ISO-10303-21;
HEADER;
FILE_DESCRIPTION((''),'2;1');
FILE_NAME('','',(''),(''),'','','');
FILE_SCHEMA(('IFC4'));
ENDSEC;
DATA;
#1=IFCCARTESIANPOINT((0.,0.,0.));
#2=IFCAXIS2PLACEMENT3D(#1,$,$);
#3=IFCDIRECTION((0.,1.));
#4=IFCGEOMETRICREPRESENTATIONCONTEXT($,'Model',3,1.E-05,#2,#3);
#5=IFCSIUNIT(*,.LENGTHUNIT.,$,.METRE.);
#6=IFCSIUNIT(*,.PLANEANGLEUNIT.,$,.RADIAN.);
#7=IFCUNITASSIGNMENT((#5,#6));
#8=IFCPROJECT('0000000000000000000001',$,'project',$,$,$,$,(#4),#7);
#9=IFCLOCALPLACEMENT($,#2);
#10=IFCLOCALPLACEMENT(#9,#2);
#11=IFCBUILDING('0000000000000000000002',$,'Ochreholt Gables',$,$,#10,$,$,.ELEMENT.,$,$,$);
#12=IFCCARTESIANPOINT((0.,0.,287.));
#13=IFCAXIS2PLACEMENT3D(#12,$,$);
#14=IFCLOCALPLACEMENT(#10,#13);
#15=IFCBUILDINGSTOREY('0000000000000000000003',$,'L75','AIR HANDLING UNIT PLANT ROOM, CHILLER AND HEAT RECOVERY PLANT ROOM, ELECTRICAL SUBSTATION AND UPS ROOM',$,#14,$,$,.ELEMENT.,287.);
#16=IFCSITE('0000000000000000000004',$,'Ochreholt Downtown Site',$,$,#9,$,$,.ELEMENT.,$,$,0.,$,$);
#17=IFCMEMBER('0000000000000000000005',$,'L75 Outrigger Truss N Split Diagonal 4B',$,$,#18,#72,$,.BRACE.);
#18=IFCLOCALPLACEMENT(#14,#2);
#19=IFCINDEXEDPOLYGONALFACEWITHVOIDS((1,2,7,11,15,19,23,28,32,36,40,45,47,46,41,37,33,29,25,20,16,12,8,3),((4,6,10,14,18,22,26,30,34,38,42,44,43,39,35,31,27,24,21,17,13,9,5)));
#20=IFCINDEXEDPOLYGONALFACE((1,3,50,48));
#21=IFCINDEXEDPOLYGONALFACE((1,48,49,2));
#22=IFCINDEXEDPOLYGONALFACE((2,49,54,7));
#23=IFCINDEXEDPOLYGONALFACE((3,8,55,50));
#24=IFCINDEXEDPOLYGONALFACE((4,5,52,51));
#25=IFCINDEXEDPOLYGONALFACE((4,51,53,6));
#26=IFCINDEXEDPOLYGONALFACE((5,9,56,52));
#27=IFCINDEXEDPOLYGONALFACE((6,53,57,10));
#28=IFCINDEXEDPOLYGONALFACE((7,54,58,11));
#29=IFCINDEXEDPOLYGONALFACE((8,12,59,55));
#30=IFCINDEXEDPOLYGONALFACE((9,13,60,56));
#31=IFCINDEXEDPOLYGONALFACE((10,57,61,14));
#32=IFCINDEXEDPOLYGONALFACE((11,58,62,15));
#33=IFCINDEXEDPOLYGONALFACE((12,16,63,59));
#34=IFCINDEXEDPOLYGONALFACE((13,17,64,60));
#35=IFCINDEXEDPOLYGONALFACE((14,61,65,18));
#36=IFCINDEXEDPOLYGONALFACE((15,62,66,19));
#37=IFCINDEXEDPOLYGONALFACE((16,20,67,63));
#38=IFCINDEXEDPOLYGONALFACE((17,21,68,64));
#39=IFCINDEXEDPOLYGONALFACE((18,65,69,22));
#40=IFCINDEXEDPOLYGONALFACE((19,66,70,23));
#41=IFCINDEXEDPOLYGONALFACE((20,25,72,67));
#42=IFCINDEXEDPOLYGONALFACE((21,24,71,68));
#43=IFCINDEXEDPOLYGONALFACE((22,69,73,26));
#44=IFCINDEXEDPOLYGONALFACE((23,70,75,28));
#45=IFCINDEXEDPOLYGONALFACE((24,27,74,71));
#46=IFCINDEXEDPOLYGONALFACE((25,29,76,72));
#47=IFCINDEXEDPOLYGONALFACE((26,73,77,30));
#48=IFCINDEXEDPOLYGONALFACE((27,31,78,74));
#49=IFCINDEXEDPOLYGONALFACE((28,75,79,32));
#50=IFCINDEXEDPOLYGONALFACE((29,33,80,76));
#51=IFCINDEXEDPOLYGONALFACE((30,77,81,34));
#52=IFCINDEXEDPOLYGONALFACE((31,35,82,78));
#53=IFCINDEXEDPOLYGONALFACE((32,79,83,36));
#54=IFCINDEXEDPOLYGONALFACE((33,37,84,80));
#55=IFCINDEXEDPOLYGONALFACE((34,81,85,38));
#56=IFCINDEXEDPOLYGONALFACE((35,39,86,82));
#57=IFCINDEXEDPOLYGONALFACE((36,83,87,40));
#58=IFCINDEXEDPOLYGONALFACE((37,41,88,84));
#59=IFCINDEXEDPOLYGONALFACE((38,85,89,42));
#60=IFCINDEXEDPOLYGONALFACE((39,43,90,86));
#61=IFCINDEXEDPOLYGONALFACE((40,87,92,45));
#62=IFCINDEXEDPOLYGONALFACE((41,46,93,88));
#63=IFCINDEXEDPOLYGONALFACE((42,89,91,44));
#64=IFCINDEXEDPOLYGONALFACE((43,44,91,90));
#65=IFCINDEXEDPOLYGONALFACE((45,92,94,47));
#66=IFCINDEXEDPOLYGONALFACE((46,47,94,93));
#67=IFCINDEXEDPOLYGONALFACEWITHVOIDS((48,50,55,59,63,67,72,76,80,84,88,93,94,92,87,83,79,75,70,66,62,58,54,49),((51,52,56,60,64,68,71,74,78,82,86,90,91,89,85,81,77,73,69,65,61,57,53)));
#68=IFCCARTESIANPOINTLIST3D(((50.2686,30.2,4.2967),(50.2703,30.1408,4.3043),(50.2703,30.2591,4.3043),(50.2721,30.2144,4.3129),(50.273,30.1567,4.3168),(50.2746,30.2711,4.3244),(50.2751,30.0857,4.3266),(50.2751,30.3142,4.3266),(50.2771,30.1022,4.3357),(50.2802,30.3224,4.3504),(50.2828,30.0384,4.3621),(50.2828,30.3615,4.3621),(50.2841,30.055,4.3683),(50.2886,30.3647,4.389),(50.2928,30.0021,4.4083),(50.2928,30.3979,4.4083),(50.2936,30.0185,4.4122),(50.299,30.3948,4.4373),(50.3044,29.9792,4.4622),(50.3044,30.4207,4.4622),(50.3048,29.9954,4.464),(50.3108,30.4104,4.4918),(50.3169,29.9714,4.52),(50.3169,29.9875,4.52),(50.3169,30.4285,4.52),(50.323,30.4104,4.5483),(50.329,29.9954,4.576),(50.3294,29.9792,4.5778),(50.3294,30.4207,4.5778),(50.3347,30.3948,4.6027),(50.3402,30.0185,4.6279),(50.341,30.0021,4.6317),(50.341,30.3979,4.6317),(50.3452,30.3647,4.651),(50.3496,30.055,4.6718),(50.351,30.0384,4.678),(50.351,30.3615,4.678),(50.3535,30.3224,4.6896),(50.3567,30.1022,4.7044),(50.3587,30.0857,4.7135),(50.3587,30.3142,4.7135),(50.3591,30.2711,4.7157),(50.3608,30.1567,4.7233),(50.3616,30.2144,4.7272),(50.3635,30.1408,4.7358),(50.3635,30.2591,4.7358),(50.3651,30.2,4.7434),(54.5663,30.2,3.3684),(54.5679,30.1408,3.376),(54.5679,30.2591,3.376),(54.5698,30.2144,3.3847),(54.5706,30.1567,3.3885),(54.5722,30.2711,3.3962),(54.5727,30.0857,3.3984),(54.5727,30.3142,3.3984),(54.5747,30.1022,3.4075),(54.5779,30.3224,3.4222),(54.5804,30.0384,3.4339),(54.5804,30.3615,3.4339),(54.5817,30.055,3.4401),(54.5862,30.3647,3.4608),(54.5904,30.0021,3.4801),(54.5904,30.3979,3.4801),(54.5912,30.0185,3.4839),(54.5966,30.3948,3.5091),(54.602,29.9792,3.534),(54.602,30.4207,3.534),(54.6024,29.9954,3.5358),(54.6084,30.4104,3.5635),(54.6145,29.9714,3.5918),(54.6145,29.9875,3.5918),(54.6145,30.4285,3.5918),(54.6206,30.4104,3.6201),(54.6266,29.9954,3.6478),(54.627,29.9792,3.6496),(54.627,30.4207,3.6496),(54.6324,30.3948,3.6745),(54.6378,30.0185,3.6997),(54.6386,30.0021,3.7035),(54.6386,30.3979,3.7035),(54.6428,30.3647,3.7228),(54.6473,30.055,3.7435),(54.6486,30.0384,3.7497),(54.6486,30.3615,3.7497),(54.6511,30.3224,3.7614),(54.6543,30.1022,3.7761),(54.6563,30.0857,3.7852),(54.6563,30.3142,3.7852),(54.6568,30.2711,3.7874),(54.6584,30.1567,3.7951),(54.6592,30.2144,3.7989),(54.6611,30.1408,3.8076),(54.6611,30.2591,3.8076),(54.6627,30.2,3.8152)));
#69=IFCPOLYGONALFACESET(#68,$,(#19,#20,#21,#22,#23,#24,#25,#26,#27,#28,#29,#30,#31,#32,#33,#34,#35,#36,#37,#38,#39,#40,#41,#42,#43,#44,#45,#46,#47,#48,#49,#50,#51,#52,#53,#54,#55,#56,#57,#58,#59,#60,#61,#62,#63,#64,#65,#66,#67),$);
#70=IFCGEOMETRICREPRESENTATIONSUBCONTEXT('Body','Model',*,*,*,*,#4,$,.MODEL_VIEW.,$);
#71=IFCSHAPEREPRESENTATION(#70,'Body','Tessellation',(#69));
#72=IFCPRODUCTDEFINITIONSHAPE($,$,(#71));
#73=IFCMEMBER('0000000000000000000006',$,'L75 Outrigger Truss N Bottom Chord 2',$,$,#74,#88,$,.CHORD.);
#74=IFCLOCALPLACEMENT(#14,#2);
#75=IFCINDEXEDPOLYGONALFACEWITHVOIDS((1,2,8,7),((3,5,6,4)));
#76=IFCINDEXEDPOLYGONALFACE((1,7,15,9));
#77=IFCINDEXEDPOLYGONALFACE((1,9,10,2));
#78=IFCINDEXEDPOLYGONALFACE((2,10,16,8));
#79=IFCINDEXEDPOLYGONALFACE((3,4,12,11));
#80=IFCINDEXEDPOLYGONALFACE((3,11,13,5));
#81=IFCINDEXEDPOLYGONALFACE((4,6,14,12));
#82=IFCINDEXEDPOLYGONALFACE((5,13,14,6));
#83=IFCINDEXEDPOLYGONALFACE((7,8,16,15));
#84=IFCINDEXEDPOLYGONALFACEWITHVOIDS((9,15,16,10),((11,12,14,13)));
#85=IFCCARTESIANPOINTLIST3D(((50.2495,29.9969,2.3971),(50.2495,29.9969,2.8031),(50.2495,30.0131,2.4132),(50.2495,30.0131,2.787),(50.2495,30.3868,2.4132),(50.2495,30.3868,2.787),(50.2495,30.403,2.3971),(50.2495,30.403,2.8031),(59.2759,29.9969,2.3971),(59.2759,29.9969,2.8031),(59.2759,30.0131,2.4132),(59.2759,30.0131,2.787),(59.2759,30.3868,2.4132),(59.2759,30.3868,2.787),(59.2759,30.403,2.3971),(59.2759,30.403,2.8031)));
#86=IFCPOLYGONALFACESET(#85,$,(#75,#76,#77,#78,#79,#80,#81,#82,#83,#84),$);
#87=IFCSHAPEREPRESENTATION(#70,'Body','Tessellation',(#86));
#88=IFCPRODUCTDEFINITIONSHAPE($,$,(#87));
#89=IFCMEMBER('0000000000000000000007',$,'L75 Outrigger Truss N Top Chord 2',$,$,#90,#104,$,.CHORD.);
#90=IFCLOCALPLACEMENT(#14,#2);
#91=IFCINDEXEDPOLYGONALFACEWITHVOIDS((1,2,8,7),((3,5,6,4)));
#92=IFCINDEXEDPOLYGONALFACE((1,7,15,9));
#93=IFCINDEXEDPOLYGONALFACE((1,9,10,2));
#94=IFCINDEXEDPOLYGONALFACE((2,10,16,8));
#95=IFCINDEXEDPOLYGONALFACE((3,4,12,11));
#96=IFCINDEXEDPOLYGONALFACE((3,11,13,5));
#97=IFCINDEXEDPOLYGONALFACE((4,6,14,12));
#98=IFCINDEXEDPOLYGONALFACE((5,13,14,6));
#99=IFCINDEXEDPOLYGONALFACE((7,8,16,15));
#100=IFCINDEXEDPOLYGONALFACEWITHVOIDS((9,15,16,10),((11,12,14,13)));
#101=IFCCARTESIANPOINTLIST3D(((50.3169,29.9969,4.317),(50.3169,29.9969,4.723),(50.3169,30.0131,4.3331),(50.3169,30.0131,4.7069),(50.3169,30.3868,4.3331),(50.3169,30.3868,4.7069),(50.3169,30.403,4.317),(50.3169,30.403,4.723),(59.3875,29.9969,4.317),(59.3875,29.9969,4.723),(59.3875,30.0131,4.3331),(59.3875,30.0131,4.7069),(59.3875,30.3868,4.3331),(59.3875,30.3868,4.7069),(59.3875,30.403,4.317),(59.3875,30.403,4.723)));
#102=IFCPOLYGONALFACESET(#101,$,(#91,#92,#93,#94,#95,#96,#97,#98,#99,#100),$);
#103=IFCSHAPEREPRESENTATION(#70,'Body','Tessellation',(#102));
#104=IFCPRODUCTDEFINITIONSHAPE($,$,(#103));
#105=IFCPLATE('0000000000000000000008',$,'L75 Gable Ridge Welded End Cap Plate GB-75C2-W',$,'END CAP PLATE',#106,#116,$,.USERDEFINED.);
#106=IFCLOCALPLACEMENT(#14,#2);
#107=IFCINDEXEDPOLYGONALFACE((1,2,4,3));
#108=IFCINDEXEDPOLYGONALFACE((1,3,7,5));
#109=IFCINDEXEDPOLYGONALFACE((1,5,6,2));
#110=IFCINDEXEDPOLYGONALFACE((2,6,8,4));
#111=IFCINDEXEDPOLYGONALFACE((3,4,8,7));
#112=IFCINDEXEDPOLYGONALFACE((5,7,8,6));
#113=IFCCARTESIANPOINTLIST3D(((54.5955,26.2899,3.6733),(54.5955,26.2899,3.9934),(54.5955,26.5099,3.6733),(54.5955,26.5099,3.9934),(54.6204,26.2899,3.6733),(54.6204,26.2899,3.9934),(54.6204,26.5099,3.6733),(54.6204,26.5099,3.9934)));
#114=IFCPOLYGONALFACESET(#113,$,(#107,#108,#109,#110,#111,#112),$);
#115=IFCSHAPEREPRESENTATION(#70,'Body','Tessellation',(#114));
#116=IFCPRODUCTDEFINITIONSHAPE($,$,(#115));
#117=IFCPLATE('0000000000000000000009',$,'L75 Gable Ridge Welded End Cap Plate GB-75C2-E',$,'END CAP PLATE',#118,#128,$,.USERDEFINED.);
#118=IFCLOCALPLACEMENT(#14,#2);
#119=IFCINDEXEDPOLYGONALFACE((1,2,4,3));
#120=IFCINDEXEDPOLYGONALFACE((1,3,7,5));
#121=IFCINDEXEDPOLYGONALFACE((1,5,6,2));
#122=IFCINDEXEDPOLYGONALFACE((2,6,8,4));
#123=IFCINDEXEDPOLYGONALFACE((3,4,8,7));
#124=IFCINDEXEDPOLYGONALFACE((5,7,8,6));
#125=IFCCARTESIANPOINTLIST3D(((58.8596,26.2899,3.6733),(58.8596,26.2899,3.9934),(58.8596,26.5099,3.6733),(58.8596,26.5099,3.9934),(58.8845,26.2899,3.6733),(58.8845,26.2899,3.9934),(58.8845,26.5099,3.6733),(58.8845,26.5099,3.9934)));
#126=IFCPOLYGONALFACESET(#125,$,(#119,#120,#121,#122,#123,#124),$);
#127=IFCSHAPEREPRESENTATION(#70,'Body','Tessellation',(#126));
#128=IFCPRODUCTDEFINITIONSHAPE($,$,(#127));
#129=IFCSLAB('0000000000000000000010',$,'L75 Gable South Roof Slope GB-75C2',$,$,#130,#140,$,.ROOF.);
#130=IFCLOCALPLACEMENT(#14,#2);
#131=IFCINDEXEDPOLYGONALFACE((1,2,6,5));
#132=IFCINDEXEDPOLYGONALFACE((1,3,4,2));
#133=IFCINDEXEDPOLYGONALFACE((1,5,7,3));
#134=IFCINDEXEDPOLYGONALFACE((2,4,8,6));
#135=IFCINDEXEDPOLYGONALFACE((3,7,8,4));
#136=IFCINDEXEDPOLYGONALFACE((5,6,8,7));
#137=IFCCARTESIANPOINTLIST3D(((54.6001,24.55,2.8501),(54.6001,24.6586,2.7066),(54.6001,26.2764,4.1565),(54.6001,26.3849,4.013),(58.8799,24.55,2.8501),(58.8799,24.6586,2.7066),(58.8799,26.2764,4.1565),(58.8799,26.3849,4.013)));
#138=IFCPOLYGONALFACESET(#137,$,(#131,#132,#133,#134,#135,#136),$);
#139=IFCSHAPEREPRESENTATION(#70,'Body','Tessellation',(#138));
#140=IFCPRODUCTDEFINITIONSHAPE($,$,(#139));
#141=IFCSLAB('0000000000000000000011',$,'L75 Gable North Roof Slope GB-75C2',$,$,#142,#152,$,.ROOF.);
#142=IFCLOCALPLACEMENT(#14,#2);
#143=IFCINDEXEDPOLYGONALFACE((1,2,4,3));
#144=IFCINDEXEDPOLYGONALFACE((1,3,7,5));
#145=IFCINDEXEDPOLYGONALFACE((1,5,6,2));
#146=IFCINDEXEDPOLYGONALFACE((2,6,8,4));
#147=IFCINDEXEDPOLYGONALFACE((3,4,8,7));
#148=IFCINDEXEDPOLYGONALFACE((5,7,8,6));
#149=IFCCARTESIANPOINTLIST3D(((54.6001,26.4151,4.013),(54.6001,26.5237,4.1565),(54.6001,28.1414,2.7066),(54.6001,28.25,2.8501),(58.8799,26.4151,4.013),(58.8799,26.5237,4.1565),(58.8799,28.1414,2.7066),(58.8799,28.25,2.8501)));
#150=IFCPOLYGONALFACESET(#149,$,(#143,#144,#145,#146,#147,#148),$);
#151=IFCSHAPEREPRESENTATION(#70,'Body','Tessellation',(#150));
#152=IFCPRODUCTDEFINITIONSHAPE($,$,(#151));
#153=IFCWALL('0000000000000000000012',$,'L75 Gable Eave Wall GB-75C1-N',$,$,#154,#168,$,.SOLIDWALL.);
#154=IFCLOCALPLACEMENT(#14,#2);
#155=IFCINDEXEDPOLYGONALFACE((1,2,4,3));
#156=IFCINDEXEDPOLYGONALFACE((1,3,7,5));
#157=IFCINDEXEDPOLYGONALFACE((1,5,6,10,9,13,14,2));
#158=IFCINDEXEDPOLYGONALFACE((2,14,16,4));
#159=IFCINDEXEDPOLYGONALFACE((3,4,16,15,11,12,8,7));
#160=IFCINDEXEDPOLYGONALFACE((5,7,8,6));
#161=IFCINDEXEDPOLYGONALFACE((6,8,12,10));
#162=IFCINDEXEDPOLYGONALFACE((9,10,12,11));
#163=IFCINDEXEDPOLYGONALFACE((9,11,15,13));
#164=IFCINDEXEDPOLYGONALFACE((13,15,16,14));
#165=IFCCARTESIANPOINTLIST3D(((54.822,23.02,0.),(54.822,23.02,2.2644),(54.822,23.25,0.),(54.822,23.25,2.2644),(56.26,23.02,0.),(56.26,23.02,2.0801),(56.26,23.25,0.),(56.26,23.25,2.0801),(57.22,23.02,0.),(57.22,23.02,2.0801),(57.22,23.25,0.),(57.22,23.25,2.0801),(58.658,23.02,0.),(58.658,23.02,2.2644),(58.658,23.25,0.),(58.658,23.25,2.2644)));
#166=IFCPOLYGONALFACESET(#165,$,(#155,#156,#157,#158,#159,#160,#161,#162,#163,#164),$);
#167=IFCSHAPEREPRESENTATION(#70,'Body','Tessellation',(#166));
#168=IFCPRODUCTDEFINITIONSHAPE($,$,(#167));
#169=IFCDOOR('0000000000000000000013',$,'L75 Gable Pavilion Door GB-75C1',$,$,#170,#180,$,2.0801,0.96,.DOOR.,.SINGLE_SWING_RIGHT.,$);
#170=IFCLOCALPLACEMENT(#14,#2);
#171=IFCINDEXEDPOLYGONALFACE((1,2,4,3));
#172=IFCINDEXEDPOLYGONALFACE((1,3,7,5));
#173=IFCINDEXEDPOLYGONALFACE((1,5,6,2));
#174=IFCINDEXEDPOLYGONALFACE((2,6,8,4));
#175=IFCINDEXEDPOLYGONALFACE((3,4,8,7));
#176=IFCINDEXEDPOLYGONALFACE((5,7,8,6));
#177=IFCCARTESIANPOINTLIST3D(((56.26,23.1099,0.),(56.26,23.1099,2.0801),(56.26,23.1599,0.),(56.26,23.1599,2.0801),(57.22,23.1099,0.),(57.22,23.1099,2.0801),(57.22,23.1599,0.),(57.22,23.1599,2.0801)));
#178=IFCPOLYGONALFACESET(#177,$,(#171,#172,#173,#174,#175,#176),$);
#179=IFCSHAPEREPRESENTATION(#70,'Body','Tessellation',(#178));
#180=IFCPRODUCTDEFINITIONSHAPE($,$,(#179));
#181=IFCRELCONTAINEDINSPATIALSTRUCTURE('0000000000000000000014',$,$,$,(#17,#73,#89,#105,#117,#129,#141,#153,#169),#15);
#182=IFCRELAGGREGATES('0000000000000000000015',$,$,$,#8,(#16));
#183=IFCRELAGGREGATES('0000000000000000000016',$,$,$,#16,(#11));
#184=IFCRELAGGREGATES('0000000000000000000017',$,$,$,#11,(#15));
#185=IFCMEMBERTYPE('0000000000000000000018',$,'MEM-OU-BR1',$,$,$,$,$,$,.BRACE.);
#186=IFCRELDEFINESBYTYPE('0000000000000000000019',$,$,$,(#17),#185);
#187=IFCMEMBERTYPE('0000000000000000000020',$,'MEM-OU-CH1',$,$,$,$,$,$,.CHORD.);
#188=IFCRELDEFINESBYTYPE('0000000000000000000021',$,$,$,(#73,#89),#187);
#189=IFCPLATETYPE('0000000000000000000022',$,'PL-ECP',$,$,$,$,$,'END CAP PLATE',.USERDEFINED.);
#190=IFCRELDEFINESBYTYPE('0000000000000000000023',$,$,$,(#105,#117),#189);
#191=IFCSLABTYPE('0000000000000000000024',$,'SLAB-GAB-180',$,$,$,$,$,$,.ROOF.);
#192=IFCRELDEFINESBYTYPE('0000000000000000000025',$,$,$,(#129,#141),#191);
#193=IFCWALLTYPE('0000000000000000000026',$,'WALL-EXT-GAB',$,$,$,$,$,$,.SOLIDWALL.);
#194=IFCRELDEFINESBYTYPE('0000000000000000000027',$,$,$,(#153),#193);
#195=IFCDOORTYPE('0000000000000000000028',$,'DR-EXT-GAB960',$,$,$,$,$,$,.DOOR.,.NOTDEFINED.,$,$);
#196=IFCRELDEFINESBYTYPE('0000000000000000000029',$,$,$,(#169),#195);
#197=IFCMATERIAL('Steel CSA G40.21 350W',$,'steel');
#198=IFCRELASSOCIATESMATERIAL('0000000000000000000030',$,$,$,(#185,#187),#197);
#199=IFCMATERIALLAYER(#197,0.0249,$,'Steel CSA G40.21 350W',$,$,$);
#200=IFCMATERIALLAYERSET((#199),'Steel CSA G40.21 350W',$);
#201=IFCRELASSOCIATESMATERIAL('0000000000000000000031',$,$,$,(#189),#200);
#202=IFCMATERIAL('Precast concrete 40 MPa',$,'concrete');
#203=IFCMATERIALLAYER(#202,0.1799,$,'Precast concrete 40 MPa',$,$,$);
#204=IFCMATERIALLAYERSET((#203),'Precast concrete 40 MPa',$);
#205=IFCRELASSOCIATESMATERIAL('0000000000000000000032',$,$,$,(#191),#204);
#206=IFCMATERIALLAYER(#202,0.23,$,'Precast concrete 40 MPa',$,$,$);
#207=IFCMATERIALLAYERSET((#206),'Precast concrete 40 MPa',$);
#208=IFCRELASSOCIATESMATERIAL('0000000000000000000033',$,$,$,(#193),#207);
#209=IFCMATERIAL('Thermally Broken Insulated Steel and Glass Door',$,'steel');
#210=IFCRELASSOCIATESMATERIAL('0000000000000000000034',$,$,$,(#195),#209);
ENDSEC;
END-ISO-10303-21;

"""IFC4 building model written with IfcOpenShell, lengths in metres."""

from ifc_helpers import new_model, si_unit, direction, frame, frame_2d, origin, origin_2d, place, context, subcontext, project, spatial, polyline, rectangle, hollow_rectangle, hollow_circle, outline, extrude, material, layer, layer_set, material_profile, profile_set, type_object, element, fill, save


model = new_model("IFC4")

# Units and contexts
model_context = context("Model", 3, precision=1e-05, world=origin(), true_north=direction((0.0, 1.0)))
body_context = subcontext(model_context, "Body", "Model", "MODEL_VIEW")
ifc_project = project(units=[si_unit("LENGTHUNIT", "METRE"), si_unit("PLANEANGLEUNIT", "RADIAN")], contexts=[model_context])

# Site, building, storey
site_placement = place(None, origin())
site = spatial("IfcSite", under=ifc_project, at=site_placement, Name="Ochreholt Downtown Site", CompositionType="ELEMENT", RefElevation=0.0)
building_placement = place(site_placement, origin())
building = spatial("IfcBuilding", under=site, at=building_placement, Name="Ochreholt Gables", CompositionType="ELEMENT")
storey_placement = place(building_placement, frame((0.0, 0.0, 287.0)))
storey = spatial("IfcBuildingStorey", under=building, at=storey_placement, Name="L75", Description="AIR HANDLING UNIT PLANT ROOM, CHILLER AND HEAT RECOVERY PLANT ROOM, ELECTRICAL SUBSTATION AND UPS ROOM", CompositionType="ELEMENT", Elevation=287.0)

# Shared definitions
ifc_material_1 = material(Name="Steel CSA G40.21 350W", Category="steel")

# Members
ifc_material_profile_1 = material_profile(ifc_material_1, hollow_circle(Radius=0.2285, WallThickness=0.0161, at=origin_2d()), Name="CHS457X16")
ifc_profile_set_1 = profile_set([ifc_material_profile_1], Name="Steel CSA G40.21 350W")
member_type_1 = type_object("IfcMemberType", Name="MEM-OU-BR1", PredefinedType="BRACE", material=ifc_profile_set_1)
member_1_placement = place(storey_placement, frame((54.6145, 30.2, 3.5918), z_axis=(-0.977461, 0.0, 0.211118), x_axis=(0.0, -1.0, 0.0)))
element("IfcMember", 1, at=member_1_placement, inside=storey, type_object=member_type_1, Name="L75 Outrigger Truss N Split Diagonal 4B", PredefinedType="BRACE", context=body_context, shape_type="SweptSolid", body=[
    extrude(hollow_circle(Radius=0.2285, WallThickness=0.0161, at=origin_2d()), origin(), (0.0, 0.0, 1.0), 4.3967),
])
ifc_material_profile_2 = material_profile(ifc_material_1, hollow_rectangle(XDim=0.406, YDim=0.406, WallThickness=0.0161, at=origin_2d()), Name="HSS406X406X16")
ifc_profile_set_2 = profile_set([ifc_material_profile_2], Name="Steel CSA G40.21 350W")
member_type_2 = type_object("IfcMemberType", Name="MEM-OU-CH1", PredefinedType="CHORD", material=ifc_profile_set_2)
member_2_placement = place(storey_placement, frame((50.2495, 30.2, 2.6001), z_axis=(1.0, 0.0, 0.0), x_axis=(0.0, 1.0, 0.0)))
element("IfcMember", 2, at=member_2_placement, inside=storey, type_object=member_type_2, Name="L75 Outrigger Truss N Bottom Chord 2", PredefinedType="CHORD", context=body_context, shape_type="SweptSolid", body=[
    extrude(hollow_rectangle(XDim=0.406, YDim=0.406, WallThickness=0.0161, at=origin_2d()), origin(), (0.0, 0.0, 1.0), 9.0264),
])
member_3_placement = place(storey_placement, frame((50.3169, 30.2, 4.52), z_axis=(1.0, 0.0, 0.0), x_axis=(0.0, 1.0, 0.0)))
element("IfcMember", 3, at=member_3_placement, inside=storey, type_object=member_type_2, Name="L75 Outrigger Truss N Top Chord 2", PredefinedType="CHORD", context=body_context, shape_type="SweptSolid", body=[
    extrude(hollow_rectangle(XDim=0.406, YDim=0.406, WallThickness=0.0161, at=origin_2d()), origin(), (0.0, 0.0, 1.0), 9.0706),
])

# Plates
ifc_layer_1 = layer(ifc_material_1, 0.0249, Name="Steel CSA G40.21 350W")
ifc_layer_set_1 = layer_set([ifc_layer_1], Name="Steel CSA G40.21 350W")
plate_type = type_object("IfcPlateType", Name="PL-ECP", ElementType="END CAP PLATE", PredefinedType="USERDEFINED", material=ifc_layer_set_1)
for number, where, z_axis, x_axis, name in (
    (4, (54.6079, 26.3999, 3.6733), (0.0, 0.0, 1.0), (1.0, 0.0, 0.0), "L75 Gable Ridge Welded End Cap Plate GB-75C2-W"),
    (5, (58.8721, 26.3999, 3.6733), (0.0, 0.0, 1.0), (1.0, 0.0, 0.0), "L75 Gable Ridge Welded End Cap Plate GB-75C2-E"),
):
    element("IfcPlate", number, at=place(storey_placement, frame(where, z_axis=z_axis, x_axis=x_axis)), inside=storey, type_object=plate_type, Name=name, ObjectType="END CAP PLATE", PredefinedType="USERDEFINED", context=body_context, shape_type="SweptSolid", body=[
        extrude(rectangle(XDim=0.0249, YDim=0.22, at=origin_2d()), origin(), (0.0, 0.0, 1.0), 0.3201),
    ])

# Slabs
ifc_material_2 = material(Name="Precast concrete 40 MPa", Category="concrete")
ifc_layer_2 = layer(ifc_material_2, 0.1799, Name="Precast concrete 40 MPa")
ifc_layer_set_2 = layer_set([ifc_layer_2], Name="Precast concrete 40 MPa")
slab_type = type_object("IfcSlabType", Name="SLAB-GAB-180", PredefinedType="ROOF", material=ifc_layer_set_2)
for number, where, z_axis, x_axis, name in (
    (6, (54.6001, 24.55, 2.8501), (0.0, -0.603441, 0.797408), (1.0, 0.0, 0.0), "L75 Gable South Roof Slope GB-75C2"),
    (7, (54.6001, 26.5237, 4.1565), (0.0, 0.603441, 0.797408), (1.0, 0.0, 0.0), "L75 Gable North Roof Slope GB-75C2"),
):
    element("IfcSlab", number, at=place(storey_placement, frame(where, z_axis=z_axis, x_axis=x_axis)), inside=storey, type_object=slab_type, Name=name, PredefinedType="ROOF", context=body_context, shape_type="SweptSolid", body=[
        extrude(outline(polyline([(0.0, 0.0), (4.2798, 0.0), (4.2798, 2.1649), (0.0, 2.1649), (0.0, 0.0)])), origin(), (0.0, 0.0, -1.0), 0.1799),
    ])

# Wall, opening, door
ifc_layer_3 = layer(ifc_material_2, 0.23, Name="Precast concrete 40 MPa")
ifc_layer_set_3 = layer_set([ifc_layer_3], Name="Precast concrete 40 MPa")
wall_type_1 = type_object("IfcWallType", Name="WALL-EXT-GAB", PredefinedType="SOLIDWALL", material=ifc_layer_set_3)
wall_1_placement = place(storey_placement, frame((54.822, 23.135, 0.0), z_axis=(0.0, 0.0, 1.0), x_axis=(1.0, 0.0, 0.0)))
wall_1 = element("IfcWall", 8, at=wall_1_placement, inside=storey, type_object=wall_type_1, Name="L75 Gable Eave Wall GB-75C1-N", PredefinedType="SOLIDWALL", context=body_context, shape_type="SweptSolid", body=[
    extrude(rectangle(XDim=3.8359, YDim=0.23, at=frame_2d((1.918, 0.0))), origin(), (0.0, 0.0, 1.0), 2.2644),
])
opening_1_placement = place(wall_1_placement, frame((1.438, 0.0, 0.0)))
opening_1 = element("IfcOpeningElement", 9, at=opening_1_placement, cuts=wall_1, PredefinedType="OPENING", context=body_context, shape_type="SweptSolid", body=[
    extrude(rectangle(XDim=0.96, YDim=2.0801, at=frame_2d((0.48, 1.04))), frame((0.0, 0.125, 0.0), z_axis=(0.0, -1.0, 0.0), x_axis=(1.0, 0.0, 0.0)), (0.0, 0.0, 1.0), 0.25),
])
ifc_material_3 = material(Name="Thermally Broken Insulated Steel and Glass Door", Category="steel")
door_type = type_object("IfcDoorType", Name="DR-EXT-GAB960", OperationType="NOTDEFINED", PredefinedType="DOOR", material=ifc_material_3)
door_1_placement = place(opening_1_placement, origin())
door_1 = element("IfcDoor", 10, at=door_1_placement, inside=storey, type_object=door_type, Name="L75 Gable Pavilion Door GB-75C1", OperationType="SINGLE_SWING_RIGHT", OverallHeight=2.0801, OverallWidth=0.96, PredefinedType="DOOR", context=body_context, shape_type="SweptSolid", body=[
    extrude(rectangle(XDim=0.96, YDim=2.0801, at=frame_2d((0.48, 1.04))), frame((0.0, 0.0249, 0.0), z_axis=(0.0, -1.0, 0.0), x_axis=(1.0, 0.0, 0.0)), (0.0, 0.0, 1.0), 0.05),
])
fill(opening_1, door_1)

save(model, "model.ifc")
